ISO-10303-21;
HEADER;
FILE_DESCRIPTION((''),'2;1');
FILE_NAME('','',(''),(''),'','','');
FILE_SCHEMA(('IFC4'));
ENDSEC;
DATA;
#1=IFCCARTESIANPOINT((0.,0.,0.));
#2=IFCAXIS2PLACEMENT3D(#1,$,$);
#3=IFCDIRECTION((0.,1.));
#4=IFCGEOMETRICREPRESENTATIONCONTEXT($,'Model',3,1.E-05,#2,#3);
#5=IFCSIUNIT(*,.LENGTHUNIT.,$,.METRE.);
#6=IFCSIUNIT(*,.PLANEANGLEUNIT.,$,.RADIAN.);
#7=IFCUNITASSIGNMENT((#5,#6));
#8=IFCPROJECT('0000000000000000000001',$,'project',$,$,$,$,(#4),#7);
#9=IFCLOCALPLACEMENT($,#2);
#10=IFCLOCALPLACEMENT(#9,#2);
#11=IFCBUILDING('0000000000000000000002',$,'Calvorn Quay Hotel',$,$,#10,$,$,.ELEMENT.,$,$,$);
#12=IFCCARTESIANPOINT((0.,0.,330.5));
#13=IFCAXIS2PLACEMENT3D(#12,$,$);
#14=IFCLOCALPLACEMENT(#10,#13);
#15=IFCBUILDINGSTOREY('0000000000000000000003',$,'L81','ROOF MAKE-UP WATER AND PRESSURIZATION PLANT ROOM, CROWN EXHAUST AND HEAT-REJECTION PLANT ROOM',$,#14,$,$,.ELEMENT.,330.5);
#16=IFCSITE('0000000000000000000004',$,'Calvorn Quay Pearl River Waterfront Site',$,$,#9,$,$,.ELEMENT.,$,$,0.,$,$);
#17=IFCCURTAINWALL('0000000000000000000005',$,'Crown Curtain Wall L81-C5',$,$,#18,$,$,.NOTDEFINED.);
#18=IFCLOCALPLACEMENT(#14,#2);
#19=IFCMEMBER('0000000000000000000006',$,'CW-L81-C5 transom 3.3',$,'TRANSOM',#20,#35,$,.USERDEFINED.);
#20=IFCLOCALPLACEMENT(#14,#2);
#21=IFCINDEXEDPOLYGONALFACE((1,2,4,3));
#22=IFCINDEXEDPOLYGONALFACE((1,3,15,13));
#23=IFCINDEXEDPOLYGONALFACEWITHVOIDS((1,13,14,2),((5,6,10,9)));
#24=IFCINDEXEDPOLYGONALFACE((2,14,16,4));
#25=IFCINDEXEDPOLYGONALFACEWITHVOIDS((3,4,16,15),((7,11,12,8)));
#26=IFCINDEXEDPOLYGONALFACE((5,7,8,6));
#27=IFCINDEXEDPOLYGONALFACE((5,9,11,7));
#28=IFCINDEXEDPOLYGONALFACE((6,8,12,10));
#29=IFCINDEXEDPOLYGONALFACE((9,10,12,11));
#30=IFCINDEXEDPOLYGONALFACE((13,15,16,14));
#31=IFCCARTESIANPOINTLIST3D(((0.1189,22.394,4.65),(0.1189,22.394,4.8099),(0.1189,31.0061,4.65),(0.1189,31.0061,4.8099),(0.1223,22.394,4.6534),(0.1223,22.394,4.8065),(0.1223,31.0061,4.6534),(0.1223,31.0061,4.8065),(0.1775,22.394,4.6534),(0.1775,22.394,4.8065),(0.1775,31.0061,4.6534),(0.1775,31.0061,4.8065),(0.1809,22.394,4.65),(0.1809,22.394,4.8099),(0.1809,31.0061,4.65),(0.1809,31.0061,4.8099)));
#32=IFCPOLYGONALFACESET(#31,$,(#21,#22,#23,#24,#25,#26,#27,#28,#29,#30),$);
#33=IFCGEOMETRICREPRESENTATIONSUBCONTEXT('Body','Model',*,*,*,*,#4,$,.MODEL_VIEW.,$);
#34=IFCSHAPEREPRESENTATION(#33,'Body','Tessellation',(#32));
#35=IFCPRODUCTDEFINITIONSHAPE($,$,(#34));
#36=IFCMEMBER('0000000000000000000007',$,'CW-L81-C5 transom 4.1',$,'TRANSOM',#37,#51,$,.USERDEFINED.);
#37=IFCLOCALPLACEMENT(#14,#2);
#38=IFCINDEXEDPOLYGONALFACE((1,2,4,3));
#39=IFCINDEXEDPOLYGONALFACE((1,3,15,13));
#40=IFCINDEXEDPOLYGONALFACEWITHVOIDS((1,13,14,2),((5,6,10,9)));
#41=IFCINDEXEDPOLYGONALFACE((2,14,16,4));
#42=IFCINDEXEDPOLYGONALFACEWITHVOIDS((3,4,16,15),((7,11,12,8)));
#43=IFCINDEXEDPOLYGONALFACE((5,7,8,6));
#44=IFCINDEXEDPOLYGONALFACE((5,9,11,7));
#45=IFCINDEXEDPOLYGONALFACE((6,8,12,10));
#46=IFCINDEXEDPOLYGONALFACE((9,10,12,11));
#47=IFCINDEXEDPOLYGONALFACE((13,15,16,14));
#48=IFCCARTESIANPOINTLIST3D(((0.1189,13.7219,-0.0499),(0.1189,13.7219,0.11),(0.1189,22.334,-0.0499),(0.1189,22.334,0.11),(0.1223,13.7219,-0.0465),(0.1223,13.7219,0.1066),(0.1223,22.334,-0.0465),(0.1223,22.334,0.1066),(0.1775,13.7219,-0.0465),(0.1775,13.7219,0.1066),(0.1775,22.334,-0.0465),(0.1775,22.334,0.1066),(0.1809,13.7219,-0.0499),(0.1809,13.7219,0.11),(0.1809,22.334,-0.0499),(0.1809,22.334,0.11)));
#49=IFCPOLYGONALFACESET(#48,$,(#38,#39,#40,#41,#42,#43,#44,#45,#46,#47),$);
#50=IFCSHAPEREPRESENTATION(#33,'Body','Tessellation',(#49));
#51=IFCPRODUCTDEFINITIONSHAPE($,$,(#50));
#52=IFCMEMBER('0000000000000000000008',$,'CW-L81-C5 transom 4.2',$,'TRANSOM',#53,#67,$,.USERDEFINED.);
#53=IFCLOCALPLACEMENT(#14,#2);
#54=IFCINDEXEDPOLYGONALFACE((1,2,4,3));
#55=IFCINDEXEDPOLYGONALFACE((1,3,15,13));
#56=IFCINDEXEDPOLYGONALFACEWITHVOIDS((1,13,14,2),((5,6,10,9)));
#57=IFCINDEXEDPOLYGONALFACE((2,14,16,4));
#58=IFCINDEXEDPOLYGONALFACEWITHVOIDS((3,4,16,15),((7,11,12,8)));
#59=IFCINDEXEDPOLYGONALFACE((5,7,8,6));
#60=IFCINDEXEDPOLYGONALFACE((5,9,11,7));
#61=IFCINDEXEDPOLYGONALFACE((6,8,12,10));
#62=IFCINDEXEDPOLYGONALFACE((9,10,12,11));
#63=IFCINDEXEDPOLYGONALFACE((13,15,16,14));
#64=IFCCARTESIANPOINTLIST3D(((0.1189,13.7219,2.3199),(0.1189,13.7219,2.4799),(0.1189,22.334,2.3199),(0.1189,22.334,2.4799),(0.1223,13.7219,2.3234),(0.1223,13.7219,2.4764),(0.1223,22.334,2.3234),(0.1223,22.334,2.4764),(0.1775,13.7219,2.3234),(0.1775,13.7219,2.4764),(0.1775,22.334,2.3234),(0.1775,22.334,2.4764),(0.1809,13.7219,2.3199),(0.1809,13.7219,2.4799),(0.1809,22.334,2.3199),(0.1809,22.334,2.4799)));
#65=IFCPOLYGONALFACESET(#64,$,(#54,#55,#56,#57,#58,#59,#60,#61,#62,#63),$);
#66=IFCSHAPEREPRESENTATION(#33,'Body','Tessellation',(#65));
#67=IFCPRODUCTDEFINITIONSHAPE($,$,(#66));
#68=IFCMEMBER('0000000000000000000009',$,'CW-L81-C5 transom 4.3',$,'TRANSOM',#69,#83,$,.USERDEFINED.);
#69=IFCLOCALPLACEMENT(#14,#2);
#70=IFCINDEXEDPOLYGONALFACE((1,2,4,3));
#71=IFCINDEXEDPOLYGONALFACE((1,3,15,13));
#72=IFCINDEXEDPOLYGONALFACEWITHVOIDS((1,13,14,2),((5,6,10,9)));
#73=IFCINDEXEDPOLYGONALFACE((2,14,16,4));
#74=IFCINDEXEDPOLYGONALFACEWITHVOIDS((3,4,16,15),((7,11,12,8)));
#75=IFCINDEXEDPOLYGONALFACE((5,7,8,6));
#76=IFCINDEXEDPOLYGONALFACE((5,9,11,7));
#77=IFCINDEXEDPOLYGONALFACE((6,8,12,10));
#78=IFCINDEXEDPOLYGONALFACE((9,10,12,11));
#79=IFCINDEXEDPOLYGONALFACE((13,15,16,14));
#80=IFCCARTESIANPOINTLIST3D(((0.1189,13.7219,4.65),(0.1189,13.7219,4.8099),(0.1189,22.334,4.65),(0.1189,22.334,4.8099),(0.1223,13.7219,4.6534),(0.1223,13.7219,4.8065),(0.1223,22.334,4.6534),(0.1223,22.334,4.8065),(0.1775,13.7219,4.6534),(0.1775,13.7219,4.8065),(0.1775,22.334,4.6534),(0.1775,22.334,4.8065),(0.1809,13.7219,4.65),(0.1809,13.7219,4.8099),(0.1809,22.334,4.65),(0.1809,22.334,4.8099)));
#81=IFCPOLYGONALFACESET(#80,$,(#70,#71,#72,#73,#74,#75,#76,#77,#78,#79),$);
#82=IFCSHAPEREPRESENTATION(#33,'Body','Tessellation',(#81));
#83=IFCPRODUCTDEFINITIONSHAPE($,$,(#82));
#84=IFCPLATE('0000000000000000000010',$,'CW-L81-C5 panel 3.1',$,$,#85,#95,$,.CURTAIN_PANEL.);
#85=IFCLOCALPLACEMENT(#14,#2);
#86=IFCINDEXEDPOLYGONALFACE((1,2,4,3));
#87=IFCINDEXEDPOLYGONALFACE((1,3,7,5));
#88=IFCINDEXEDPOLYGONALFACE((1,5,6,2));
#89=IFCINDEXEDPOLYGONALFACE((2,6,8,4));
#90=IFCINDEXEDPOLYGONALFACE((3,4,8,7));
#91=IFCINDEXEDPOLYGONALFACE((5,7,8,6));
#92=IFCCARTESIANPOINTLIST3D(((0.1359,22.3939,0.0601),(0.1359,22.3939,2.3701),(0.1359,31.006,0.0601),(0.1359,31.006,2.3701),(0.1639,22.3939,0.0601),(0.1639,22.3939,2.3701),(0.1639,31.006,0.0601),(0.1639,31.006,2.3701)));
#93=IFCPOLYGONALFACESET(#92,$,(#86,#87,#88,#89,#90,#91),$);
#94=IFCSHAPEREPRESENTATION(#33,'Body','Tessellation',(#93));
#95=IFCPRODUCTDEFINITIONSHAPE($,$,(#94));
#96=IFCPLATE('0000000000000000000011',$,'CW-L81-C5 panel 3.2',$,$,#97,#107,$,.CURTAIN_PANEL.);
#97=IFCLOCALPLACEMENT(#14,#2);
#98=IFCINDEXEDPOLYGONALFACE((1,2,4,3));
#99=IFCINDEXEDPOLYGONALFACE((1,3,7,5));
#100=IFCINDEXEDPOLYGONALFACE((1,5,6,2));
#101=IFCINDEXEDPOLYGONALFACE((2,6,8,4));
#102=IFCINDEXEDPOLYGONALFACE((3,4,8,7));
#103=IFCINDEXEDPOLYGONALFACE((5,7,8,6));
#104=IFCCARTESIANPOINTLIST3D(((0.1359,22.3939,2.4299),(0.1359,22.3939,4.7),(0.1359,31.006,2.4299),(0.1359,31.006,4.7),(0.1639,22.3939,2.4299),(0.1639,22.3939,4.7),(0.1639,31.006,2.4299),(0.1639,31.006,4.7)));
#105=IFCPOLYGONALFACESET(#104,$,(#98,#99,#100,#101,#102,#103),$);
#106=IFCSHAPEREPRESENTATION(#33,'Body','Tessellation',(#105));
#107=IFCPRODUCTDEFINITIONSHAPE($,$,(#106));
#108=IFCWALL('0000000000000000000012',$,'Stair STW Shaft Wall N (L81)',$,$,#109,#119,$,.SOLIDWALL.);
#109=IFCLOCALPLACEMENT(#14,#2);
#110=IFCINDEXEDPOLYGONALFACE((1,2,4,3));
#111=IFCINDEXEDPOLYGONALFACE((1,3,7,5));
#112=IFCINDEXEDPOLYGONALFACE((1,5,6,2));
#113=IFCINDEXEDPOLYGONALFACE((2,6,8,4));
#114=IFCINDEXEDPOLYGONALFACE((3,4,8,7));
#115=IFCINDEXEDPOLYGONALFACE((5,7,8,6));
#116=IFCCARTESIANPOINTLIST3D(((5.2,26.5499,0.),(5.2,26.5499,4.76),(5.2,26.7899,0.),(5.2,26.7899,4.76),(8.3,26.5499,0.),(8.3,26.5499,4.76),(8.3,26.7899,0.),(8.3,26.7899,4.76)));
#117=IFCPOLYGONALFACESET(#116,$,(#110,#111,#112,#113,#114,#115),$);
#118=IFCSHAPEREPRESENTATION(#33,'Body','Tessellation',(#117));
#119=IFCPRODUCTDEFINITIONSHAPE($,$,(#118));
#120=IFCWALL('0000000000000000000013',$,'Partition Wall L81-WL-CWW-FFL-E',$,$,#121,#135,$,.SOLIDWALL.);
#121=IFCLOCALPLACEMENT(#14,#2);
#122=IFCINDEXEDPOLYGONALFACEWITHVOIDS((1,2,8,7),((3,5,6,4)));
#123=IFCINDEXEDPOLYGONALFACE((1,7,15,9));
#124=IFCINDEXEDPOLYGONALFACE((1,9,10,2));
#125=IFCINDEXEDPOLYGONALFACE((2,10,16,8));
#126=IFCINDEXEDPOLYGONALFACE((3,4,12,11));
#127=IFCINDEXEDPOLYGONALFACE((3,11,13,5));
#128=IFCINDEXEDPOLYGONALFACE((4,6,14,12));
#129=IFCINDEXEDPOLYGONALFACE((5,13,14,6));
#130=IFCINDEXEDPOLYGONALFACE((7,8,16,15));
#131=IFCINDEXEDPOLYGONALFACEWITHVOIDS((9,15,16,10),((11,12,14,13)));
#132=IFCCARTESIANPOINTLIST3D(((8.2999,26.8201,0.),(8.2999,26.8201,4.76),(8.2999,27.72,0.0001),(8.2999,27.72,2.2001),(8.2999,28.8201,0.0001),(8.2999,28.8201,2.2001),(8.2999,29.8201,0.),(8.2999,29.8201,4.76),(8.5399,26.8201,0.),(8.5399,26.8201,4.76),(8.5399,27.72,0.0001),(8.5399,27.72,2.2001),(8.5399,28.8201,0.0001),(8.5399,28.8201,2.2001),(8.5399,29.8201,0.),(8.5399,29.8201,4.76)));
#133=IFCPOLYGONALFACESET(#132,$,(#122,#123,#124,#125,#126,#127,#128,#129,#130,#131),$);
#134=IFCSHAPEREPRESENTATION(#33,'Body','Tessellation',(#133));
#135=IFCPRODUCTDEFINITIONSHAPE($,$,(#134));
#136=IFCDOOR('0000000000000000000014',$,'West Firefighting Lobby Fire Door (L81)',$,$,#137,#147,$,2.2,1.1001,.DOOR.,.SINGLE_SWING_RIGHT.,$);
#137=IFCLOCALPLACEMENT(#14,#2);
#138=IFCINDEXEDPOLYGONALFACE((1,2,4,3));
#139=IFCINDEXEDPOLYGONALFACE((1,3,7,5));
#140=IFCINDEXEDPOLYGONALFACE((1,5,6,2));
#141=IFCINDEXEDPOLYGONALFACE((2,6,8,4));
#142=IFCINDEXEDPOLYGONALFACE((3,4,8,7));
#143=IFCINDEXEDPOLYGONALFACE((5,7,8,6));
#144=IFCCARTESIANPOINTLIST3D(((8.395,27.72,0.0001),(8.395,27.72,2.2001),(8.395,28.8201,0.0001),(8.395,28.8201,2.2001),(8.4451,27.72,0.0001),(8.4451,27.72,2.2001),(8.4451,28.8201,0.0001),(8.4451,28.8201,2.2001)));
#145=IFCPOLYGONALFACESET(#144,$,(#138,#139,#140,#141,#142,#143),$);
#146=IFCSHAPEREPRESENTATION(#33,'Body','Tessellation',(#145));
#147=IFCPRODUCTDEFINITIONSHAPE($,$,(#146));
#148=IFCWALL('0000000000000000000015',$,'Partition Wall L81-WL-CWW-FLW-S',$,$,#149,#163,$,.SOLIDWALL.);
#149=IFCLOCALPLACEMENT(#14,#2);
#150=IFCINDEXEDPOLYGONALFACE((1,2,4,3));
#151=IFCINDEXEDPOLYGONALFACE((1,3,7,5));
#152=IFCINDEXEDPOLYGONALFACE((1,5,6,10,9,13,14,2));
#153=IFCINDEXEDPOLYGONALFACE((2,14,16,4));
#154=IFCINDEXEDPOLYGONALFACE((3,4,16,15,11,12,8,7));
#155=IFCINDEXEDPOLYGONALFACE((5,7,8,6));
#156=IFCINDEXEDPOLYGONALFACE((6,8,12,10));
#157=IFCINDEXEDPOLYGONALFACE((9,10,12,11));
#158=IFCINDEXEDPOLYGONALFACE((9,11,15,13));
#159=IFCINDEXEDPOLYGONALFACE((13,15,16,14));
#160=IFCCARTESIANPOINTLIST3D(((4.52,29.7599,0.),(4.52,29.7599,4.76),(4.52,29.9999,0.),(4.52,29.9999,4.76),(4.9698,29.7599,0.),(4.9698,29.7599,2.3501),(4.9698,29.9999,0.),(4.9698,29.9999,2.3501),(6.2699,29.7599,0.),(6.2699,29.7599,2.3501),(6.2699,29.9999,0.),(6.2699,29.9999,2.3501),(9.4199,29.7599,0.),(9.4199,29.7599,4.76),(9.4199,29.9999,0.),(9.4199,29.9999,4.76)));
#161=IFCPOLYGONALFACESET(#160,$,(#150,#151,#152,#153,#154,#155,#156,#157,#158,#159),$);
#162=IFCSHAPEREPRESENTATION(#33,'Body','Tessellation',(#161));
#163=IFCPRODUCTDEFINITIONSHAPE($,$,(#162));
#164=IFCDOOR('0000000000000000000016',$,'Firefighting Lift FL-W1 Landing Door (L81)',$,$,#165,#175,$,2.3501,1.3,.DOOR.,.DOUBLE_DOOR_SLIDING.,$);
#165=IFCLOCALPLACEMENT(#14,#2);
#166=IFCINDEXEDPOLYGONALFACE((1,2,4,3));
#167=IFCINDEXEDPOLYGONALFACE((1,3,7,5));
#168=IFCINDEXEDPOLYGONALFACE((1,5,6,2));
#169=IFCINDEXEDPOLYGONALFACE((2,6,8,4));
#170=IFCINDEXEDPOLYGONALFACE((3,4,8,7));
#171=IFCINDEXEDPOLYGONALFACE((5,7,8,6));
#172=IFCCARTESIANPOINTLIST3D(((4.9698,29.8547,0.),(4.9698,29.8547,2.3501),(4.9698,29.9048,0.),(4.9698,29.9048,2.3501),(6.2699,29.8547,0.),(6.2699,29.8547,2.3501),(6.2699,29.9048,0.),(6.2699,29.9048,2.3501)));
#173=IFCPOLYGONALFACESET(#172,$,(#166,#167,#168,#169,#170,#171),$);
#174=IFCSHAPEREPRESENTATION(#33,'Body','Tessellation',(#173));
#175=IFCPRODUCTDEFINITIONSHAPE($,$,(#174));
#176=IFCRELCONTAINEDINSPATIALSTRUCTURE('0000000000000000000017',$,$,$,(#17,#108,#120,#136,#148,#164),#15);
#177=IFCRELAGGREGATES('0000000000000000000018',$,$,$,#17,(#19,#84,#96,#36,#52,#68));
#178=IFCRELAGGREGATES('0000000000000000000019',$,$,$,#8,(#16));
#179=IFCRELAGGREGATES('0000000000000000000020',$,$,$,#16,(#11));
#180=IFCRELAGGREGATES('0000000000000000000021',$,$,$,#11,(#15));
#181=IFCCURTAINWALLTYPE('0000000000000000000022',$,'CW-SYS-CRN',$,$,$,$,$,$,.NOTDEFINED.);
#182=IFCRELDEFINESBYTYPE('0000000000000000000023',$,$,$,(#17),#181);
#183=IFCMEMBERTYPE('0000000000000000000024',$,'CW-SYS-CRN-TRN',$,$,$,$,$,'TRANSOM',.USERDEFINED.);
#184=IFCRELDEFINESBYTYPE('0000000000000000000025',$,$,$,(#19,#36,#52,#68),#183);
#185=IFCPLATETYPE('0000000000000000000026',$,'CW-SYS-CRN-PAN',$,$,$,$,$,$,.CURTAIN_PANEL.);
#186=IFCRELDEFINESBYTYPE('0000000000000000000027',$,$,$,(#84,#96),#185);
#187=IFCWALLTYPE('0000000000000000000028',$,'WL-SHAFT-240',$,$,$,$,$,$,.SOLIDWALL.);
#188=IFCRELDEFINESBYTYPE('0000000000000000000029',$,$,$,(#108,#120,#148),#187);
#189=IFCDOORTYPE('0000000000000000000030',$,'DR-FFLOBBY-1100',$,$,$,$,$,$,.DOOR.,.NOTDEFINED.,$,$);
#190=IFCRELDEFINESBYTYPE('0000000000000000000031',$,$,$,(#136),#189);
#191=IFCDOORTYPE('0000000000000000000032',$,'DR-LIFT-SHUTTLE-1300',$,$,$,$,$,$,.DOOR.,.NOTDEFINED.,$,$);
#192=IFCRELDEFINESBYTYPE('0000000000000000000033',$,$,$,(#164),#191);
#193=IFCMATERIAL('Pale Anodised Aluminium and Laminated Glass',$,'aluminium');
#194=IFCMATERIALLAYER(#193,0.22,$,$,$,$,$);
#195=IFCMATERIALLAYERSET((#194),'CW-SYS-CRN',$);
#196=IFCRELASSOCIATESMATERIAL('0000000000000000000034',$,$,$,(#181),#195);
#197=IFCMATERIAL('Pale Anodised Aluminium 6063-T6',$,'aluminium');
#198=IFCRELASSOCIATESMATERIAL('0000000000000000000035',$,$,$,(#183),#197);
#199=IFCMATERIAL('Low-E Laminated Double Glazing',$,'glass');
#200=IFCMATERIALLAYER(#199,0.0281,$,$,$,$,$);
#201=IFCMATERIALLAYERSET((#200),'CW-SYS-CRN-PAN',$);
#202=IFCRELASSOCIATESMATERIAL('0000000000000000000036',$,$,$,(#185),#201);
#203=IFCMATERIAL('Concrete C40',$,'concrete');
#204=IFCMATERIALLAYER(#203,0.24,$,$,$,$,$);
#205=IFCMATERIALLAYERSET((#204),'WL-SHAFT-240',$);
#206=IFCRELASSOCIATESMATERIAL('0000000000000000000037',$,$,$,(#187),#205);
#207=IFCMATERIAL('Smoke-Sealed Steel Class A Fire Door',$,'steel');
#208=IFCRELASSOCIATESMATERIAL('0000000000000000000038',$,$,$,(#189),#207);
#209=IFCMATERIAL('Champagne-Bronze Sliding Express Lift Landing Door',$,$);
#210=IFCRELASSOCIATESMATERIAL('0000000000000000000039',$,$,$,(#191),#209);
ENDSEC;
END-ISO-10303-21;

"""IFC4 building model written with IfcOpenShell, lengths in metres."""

from ifc_helpers import new_model, si_unit, direction, frame, frame_2d, origin, origin_2d, place, context, subcontext, project, spatial, rectangle, hollow_rectangle, extrude, material, layer, layer_set, material_profile, profile_set, type_object, element, fill, aggregate, save


model = new_model("IFC4")

# Units and contexts
model_context = context("Model", 3, precision=1e-05, world=origin(), true_north=direction((0.0, 1.0)))
body_context = subcontext(model_context, "Body", "Model", "MODEL_VIEW")
ifc_project = project(units=[si_unit("LENGTHUNIT", "METRE"), si_unit("PLANEANGLEUNIT", "RADIAN")], contexts=[model_context])

# Site, building, storey
site_placement = place(None, origin())
site = spatial("IfcSite", under=ifc_project, at=site_placement, Name="Calvorn Quay Pearl River Waterfront Site", CompositionType="ELEMENT", RefElevation=0.0)
building_placement = place(site_placement, origin())
building = spatial("IfcBuilding", under=site, at=building_placement, Name="Calvorn Quay Hotel", CompositionType="ELEMENT")
storey_placement = place(building_placement, frame((0.0, 0.0, 330.5)))
storey = spatial("IfcBuildingStorey", under=building, at=storey_placement, Name="L81", Description="ROOF MAKE-UP WATER AND PRESSURIZATION PLANT ROOM, CROWN EXHAUST AND HEAT-REJECTION PLANT ROOM", CompositionType="ELEMENT", Elevation=330.5)

# Curtain wall, members, plates
ifc_material_1 = material(Name="Pale Anodised Aluminium and Laminated Glass", Category="aluminium")
ifc_layer_1 = layer(ifc_material_1, 0.22)
ifc_layer_set_1 = layer_set([ifc_layer_1], Name="CW-SYS-CRN")
curtain_wall_type = type_object("IfcCurtainWallType", Name="CW-SYS-CRN", PredefinedType="NOTDEFINED", material=ifc_layer_set_1)
curtain_wall_placement = place(storey_placement, origin())
curtain_wall = element("IfcCurtainWall", 1, at=curtain_wall_placement, inside=storey, type_object=curtain_wall_type, Name="Crown Curtain Wall L81-C5", PredefinedType="NOTDEFINED")
ifc_material_2 = material(Name="Pale Anodised Aluminium 6063-T6", Category="aluminium")
ifc_material_profile_1 = material_profile(ifc_material_2, hollow_rectangle(XDim=0.062, YDim=0.1599, WallThickness=0.0034, at=origin_2d()), Name="ALU-T160x62x3.5")
ifc_profile_set_1 = profile_set([ifc_material_profile_1], Name="Pale Anodised Aluminium 6063-T6")
member_type_1 = type_object("IfcMemberType", Name="CW-SYS-CRN-TRN", ElementType="TRANSOM", PredefinedType="USERDEFINED", material=ifc_profile_set_1)
member_1_placement = place(storey_placement, frame((0.1499, 31.0061, 4.73), z_axis=(0.0, -1.0, 0.0), x_axis=(1.0, 0.0, 0.0)))
member_1 = element("IfcMember", 2, at=member_1_placement, type_object=member_type_1, Name="CW-L81-C5 transom 3.3", ObjectType="TRANSOM", PredefinedType="USERDEFINED", context=body_context, shape_type="SweptSolid", body=[
    extrude(hollow_rectangle(XDim=0.062, YDim=0.1599, WallThickness=0.0034, at=origin_2d()), origin(), (0.0, 0.0, 1.0), 8.6121),
])
member_2_placement = place(storey_placement, frame((0.1499, 22.334, 0.03), z_axis=(0.0, -1.0, 0.0), x_axis=(1.0, 0.0, 0.0)))
member_2 = element("IfcMember", 3, at=member_2_placement, type_object=member_type_1, Name="CW-L81-C5 transom 4.1", ObjectType="TRANSOM", PredefinedType="USERDEFINED", context=body_context, shape_type="SweptSolid", body=[
    extrude(hollow_rectangle(XDim=0.062, YDim=0.1599, WallThickness=0.0034, at=origin_2d()), origin(), (0.0, 0.0, 1.0), 8.6121),
])
member_3_placement = place(storey_placement, frame((0.1499, 22.334, 2.3999), z_axis=(0.0, -1.0, 0.0), x_axis=(1.0, 0.0, 0.0)))
member_3 = element("IfcMember", 4, at=member_3_placement, type_object=member_type_1, Name="CW-L81-C5 transom 4.2", ObjectType="TRANSOM", PredefinedType="USERDEFINED", context=body_context, shape_type="SweptSolid", body=[
    extrude(hollow_rectangle(XDim=0.062, YDim=0.1599, WallThickness=0.0034, at=origin_2d()), origin(), (0.0, 0.0, 1.0), 8.6121),
])
member_4_placement = place(storey_placement, frame((0.1499, 22.334, 4.73), z_axis=(0.0, -1.0, 0.0), x_axis=(1.0, 0.0, 0.0)))
member_4 = element("IfcMember", 5, at=member_4_placement, type_object=member_type_1, Name="CW-L81-C5 transom 4.3", ObjectType="TRANSOM", PredefinedType="USERDEFINED", context=body_context, shape_type="SweptSolid", body=[
    extrude(hollow_rectangle(XDim=0.062, YDim=0.1599, WallThickness=0.0034, at=origin_2d()), origin(), (0.0, 0.0, 1.0), 8.6121),
])
ifc_material_3 = material(Name="Low-E Laminated Double Glazing", Category="glass")
ifc_layer_2 = layer(ifc_material_3, 0.0281)
ifc_layer_set_2 = layer_set([ifc_layer_2], Name="CW-SYS-CRN-PAN")
plate_type = type_object("IfcPlateType", Name="CW-SYS-CRN-PAN", PredefinedType="CURTAIN_PANEL", material=ifc_layer_set_2)
plate_1_placement = place(storey_placement, frame((0.1499, 26.7, 0.0601), z_axis=(0.0, 0.0, 1.0), x_axis=(0.0, -1.0, 0.0)))
plate_1 = element("IfcPlate", 6, at=plate_1_placement, type_object=plate_type, Name="CW-L81-C5 panel 3.1", PredefinedType="CURTAIN_PANEL", context=body_context, shape_type="SweptSolid", body=[
    extrude(rectangle(XDim=8.6121, YDim=0.0281, at=origin_2d()), origin(), (0.0, 0.0, 1.0), 2.3101),
])
plate_2_placement = place(storey_placement, frame((0.1499, 26.7, 2.4299), z_axis=(0.0, 0.0, 1.0), x_axis=(0.0, -1.0, 0.0)))
plate_2 = element("IfcPlate", 7, at=plate_2_placement, type_object=plate_type, Name="CW-L81-C5 panel 3.2", PredefinedType="CURTAIN_PANEL", context=body_context, shape_type="SweptSolid", body=[
    extrude(rectangle(XDim=8.6121, YDim=0.0281, at=origin_2d()), origin(), (0.0, 0.0, 1.0), 2.27),
])
aggregate(curtain_wall, [member_1, plate_1, plate_2, member_2, member_3, member_4])

# Wall
ifc_material_4 = material(Name="Concrete C40", Category="concrete")
ifc_layer_3 = layer(ifc_material_4, 0.24)
ifc_layer_set_3 = layer_set([ifc_layer_3], Name="WL-SHAFT-240")
wall_type = type_object("IfcWallType", Name="WL-SHAFT-240", PredefinedType="SOLIDWALL", material=ifc_layer_set_3)
wall_1_placement = place(storey_placement, frame((5.2, 26.6699, 0.0), z_axis=(0.0, 0.0, 1.0), x_axis=(1.0, 0.0, 0.0)))
element("IfcWall", 8, at=wall_1_placement, inside=storey, type_object=wall_type, Name="Stair STW Shaft Wall N (L81)", PredefinedType="SOLIDWALL", context=body_context, shape_type="SweptSolid", body=[
    extrude(rectangle(XDim=3.1001, YDim=0.24, at=frame_2d((1.55, 0.0))), origin(), (0.0, 0.0, 1.0), 4.76),
])

# Walls, openings, doors
wall_2_placement = place(storey_placement, frame((8.4199, 26.8201, 0.0), z_axis=(0.0, 0.0, 1.0), x_axis=(0.0, 1.0, 0.0)))
wall_2 = element("IfcWall", 9, at=wall_2_placement, inside=storey, type_object=wall_type, Name="Partition Wall L81-WL-CWW-FFL-E", PredefinedType="SOLIDWALL", context=body_context, shape_type="SweptSolid", body=[
    extrude(rectangle(XDim=3.0, YDim=0.24, at=frame_2d((1.5, 0.0))), origin(), (0.0, 0.0, 1.0), 4.76),
])
opening_1_placement = place(wall_2_placement, frame((0.8999, 0.0, 0.0)))
opening_1 = element("IfcOpeningElement", 10, at=opening_1_placement, cuts=wall_2, PredefinedType="OPENING", context=body_context, shape_type="SweptSolid", body=[
    extrude(rectangle(XDim=1.1001, YDim=2.2, at=frame_2d((0.55, 1.1001))), frame((0.0, 0.1299, 0.0), z_axis=(0.0, -1.0, 0.0), x_axis=(1.0, 0.0, 0.0)), (0.0, 0.0, 1.0), 0.26),
])
ifc_material_5 = material(Name="Smoke-Sealed Steel Class A Fire Door", Category="steel")
door_type_1 = type_object("IfcDoorType", Name="DR-FFLOBBY-1100", OperationType="NOTDEFINED", PredefinedType="DOOR", material=ifc_material_5)
door_1_placement = place(opening_1_placement, origin())
door_1 = element("IfcDoor", 11, at=door_1_placement, inside=storey, type_object=door_type_1, Name="West Firefighting Lobby Fire Door (L81)", OperationType="SINGLE_SWING_RIGHT", OverallHeight=2.2, OverallWidth=1.1001, PredefinedType="DOOR", context=body_context, shape_type="SweptSolid", body=[
    extrude(rectangle(XDim=1.1001, YDim=2.2, at=frame_2d((0.55, 1.1001))), frame((0.0, 0.0249, 0.0), z_axis=(0.0, -1.0, 0.0), x_axis=(1.0, 0.0, 0.0)), (0.0, 0.0, 1.0), 0.05),
])
fill(opening_1, door_1)
wall_3_placement = place(storey_placement, frame((4.52, 29.8799, 0.0), z_axis=(0.0, 0.0, 1.0), x_axis=(1.0, 0.0, 0.0)))
wall_3 = element("IfcWall", 12, at=wall_3_placement, inside=storey, type_object=wall_type, Name="Partition Wall L81-WL-CWW-FLW-S", PredefinedType="SOLIDWALL", context=body_context, shape_type="SweptSolid", body=[
    extrude(rectangle(XDim=4.8999, YDim=0.24, at=frame_2d((2.45, 0.0))), origin(), (0.0, 0.0, 1.0), 4.76),
])
opening_2_placement = place(wall_3_placement, frame((0.45, 0.0, 0.0)))
opening_2 = element("IfcOpeningElement", 13, at=opening_2_placement, cuts=wall_3, PredefinedType="OPENING", context=body_context, shape_type="SweptSolid", body=[
    extrude(rectangle(XDim=1.3, YDim=2.3501, at=frame_2d((0.6499, 1.175))), frame((0.0, 0.1299, 0.0), z_axis=(0.0, -1.0, 0.0), x_axis=(1.0, 0.0, 0.0)), (0.0, 0.0, 1.0), 0.26),
])
ifc_material_6 = material(Name="Champagne-Bronze Sliding Express Lift Landing Door")
door_type_2 = type_object("IfcDoorType", Name="DR-LIFT-SHUTTLE-1300", OperationType="NOTDEFINED", PredefinedType="DOOR", material=ifc_material_6)
door_2_placement = place(opening_2_placement, origin())
door_2 = element("IfcDoor", 14, at=door_2_placement, inside=storey, type_object=door_type_2, Name="Firefighting Lift FL-W1 Landing Door (L81)", OperationType="DOUBLE_DOOR_SLIDING", OverallHeight=2.3501, OverallWidth=1.3, PredefinedType="DOOR", context=body_context, shape_type="SweptSolid", body=[
    extrude(rectangle(XDim=1.3, YDim=2.3501, at=frame_2d((0.6499, 1.175))), frame((0.0, 0.0249, 0.0), z_axis=(0.0, -1.0, 0.0), x_axis=(1.0, 0.0, 0.0)), (0.0, 0.0, 1.0), 0.05),
])
fill(opening_2, door_2)

save(model, "model.ifc")
